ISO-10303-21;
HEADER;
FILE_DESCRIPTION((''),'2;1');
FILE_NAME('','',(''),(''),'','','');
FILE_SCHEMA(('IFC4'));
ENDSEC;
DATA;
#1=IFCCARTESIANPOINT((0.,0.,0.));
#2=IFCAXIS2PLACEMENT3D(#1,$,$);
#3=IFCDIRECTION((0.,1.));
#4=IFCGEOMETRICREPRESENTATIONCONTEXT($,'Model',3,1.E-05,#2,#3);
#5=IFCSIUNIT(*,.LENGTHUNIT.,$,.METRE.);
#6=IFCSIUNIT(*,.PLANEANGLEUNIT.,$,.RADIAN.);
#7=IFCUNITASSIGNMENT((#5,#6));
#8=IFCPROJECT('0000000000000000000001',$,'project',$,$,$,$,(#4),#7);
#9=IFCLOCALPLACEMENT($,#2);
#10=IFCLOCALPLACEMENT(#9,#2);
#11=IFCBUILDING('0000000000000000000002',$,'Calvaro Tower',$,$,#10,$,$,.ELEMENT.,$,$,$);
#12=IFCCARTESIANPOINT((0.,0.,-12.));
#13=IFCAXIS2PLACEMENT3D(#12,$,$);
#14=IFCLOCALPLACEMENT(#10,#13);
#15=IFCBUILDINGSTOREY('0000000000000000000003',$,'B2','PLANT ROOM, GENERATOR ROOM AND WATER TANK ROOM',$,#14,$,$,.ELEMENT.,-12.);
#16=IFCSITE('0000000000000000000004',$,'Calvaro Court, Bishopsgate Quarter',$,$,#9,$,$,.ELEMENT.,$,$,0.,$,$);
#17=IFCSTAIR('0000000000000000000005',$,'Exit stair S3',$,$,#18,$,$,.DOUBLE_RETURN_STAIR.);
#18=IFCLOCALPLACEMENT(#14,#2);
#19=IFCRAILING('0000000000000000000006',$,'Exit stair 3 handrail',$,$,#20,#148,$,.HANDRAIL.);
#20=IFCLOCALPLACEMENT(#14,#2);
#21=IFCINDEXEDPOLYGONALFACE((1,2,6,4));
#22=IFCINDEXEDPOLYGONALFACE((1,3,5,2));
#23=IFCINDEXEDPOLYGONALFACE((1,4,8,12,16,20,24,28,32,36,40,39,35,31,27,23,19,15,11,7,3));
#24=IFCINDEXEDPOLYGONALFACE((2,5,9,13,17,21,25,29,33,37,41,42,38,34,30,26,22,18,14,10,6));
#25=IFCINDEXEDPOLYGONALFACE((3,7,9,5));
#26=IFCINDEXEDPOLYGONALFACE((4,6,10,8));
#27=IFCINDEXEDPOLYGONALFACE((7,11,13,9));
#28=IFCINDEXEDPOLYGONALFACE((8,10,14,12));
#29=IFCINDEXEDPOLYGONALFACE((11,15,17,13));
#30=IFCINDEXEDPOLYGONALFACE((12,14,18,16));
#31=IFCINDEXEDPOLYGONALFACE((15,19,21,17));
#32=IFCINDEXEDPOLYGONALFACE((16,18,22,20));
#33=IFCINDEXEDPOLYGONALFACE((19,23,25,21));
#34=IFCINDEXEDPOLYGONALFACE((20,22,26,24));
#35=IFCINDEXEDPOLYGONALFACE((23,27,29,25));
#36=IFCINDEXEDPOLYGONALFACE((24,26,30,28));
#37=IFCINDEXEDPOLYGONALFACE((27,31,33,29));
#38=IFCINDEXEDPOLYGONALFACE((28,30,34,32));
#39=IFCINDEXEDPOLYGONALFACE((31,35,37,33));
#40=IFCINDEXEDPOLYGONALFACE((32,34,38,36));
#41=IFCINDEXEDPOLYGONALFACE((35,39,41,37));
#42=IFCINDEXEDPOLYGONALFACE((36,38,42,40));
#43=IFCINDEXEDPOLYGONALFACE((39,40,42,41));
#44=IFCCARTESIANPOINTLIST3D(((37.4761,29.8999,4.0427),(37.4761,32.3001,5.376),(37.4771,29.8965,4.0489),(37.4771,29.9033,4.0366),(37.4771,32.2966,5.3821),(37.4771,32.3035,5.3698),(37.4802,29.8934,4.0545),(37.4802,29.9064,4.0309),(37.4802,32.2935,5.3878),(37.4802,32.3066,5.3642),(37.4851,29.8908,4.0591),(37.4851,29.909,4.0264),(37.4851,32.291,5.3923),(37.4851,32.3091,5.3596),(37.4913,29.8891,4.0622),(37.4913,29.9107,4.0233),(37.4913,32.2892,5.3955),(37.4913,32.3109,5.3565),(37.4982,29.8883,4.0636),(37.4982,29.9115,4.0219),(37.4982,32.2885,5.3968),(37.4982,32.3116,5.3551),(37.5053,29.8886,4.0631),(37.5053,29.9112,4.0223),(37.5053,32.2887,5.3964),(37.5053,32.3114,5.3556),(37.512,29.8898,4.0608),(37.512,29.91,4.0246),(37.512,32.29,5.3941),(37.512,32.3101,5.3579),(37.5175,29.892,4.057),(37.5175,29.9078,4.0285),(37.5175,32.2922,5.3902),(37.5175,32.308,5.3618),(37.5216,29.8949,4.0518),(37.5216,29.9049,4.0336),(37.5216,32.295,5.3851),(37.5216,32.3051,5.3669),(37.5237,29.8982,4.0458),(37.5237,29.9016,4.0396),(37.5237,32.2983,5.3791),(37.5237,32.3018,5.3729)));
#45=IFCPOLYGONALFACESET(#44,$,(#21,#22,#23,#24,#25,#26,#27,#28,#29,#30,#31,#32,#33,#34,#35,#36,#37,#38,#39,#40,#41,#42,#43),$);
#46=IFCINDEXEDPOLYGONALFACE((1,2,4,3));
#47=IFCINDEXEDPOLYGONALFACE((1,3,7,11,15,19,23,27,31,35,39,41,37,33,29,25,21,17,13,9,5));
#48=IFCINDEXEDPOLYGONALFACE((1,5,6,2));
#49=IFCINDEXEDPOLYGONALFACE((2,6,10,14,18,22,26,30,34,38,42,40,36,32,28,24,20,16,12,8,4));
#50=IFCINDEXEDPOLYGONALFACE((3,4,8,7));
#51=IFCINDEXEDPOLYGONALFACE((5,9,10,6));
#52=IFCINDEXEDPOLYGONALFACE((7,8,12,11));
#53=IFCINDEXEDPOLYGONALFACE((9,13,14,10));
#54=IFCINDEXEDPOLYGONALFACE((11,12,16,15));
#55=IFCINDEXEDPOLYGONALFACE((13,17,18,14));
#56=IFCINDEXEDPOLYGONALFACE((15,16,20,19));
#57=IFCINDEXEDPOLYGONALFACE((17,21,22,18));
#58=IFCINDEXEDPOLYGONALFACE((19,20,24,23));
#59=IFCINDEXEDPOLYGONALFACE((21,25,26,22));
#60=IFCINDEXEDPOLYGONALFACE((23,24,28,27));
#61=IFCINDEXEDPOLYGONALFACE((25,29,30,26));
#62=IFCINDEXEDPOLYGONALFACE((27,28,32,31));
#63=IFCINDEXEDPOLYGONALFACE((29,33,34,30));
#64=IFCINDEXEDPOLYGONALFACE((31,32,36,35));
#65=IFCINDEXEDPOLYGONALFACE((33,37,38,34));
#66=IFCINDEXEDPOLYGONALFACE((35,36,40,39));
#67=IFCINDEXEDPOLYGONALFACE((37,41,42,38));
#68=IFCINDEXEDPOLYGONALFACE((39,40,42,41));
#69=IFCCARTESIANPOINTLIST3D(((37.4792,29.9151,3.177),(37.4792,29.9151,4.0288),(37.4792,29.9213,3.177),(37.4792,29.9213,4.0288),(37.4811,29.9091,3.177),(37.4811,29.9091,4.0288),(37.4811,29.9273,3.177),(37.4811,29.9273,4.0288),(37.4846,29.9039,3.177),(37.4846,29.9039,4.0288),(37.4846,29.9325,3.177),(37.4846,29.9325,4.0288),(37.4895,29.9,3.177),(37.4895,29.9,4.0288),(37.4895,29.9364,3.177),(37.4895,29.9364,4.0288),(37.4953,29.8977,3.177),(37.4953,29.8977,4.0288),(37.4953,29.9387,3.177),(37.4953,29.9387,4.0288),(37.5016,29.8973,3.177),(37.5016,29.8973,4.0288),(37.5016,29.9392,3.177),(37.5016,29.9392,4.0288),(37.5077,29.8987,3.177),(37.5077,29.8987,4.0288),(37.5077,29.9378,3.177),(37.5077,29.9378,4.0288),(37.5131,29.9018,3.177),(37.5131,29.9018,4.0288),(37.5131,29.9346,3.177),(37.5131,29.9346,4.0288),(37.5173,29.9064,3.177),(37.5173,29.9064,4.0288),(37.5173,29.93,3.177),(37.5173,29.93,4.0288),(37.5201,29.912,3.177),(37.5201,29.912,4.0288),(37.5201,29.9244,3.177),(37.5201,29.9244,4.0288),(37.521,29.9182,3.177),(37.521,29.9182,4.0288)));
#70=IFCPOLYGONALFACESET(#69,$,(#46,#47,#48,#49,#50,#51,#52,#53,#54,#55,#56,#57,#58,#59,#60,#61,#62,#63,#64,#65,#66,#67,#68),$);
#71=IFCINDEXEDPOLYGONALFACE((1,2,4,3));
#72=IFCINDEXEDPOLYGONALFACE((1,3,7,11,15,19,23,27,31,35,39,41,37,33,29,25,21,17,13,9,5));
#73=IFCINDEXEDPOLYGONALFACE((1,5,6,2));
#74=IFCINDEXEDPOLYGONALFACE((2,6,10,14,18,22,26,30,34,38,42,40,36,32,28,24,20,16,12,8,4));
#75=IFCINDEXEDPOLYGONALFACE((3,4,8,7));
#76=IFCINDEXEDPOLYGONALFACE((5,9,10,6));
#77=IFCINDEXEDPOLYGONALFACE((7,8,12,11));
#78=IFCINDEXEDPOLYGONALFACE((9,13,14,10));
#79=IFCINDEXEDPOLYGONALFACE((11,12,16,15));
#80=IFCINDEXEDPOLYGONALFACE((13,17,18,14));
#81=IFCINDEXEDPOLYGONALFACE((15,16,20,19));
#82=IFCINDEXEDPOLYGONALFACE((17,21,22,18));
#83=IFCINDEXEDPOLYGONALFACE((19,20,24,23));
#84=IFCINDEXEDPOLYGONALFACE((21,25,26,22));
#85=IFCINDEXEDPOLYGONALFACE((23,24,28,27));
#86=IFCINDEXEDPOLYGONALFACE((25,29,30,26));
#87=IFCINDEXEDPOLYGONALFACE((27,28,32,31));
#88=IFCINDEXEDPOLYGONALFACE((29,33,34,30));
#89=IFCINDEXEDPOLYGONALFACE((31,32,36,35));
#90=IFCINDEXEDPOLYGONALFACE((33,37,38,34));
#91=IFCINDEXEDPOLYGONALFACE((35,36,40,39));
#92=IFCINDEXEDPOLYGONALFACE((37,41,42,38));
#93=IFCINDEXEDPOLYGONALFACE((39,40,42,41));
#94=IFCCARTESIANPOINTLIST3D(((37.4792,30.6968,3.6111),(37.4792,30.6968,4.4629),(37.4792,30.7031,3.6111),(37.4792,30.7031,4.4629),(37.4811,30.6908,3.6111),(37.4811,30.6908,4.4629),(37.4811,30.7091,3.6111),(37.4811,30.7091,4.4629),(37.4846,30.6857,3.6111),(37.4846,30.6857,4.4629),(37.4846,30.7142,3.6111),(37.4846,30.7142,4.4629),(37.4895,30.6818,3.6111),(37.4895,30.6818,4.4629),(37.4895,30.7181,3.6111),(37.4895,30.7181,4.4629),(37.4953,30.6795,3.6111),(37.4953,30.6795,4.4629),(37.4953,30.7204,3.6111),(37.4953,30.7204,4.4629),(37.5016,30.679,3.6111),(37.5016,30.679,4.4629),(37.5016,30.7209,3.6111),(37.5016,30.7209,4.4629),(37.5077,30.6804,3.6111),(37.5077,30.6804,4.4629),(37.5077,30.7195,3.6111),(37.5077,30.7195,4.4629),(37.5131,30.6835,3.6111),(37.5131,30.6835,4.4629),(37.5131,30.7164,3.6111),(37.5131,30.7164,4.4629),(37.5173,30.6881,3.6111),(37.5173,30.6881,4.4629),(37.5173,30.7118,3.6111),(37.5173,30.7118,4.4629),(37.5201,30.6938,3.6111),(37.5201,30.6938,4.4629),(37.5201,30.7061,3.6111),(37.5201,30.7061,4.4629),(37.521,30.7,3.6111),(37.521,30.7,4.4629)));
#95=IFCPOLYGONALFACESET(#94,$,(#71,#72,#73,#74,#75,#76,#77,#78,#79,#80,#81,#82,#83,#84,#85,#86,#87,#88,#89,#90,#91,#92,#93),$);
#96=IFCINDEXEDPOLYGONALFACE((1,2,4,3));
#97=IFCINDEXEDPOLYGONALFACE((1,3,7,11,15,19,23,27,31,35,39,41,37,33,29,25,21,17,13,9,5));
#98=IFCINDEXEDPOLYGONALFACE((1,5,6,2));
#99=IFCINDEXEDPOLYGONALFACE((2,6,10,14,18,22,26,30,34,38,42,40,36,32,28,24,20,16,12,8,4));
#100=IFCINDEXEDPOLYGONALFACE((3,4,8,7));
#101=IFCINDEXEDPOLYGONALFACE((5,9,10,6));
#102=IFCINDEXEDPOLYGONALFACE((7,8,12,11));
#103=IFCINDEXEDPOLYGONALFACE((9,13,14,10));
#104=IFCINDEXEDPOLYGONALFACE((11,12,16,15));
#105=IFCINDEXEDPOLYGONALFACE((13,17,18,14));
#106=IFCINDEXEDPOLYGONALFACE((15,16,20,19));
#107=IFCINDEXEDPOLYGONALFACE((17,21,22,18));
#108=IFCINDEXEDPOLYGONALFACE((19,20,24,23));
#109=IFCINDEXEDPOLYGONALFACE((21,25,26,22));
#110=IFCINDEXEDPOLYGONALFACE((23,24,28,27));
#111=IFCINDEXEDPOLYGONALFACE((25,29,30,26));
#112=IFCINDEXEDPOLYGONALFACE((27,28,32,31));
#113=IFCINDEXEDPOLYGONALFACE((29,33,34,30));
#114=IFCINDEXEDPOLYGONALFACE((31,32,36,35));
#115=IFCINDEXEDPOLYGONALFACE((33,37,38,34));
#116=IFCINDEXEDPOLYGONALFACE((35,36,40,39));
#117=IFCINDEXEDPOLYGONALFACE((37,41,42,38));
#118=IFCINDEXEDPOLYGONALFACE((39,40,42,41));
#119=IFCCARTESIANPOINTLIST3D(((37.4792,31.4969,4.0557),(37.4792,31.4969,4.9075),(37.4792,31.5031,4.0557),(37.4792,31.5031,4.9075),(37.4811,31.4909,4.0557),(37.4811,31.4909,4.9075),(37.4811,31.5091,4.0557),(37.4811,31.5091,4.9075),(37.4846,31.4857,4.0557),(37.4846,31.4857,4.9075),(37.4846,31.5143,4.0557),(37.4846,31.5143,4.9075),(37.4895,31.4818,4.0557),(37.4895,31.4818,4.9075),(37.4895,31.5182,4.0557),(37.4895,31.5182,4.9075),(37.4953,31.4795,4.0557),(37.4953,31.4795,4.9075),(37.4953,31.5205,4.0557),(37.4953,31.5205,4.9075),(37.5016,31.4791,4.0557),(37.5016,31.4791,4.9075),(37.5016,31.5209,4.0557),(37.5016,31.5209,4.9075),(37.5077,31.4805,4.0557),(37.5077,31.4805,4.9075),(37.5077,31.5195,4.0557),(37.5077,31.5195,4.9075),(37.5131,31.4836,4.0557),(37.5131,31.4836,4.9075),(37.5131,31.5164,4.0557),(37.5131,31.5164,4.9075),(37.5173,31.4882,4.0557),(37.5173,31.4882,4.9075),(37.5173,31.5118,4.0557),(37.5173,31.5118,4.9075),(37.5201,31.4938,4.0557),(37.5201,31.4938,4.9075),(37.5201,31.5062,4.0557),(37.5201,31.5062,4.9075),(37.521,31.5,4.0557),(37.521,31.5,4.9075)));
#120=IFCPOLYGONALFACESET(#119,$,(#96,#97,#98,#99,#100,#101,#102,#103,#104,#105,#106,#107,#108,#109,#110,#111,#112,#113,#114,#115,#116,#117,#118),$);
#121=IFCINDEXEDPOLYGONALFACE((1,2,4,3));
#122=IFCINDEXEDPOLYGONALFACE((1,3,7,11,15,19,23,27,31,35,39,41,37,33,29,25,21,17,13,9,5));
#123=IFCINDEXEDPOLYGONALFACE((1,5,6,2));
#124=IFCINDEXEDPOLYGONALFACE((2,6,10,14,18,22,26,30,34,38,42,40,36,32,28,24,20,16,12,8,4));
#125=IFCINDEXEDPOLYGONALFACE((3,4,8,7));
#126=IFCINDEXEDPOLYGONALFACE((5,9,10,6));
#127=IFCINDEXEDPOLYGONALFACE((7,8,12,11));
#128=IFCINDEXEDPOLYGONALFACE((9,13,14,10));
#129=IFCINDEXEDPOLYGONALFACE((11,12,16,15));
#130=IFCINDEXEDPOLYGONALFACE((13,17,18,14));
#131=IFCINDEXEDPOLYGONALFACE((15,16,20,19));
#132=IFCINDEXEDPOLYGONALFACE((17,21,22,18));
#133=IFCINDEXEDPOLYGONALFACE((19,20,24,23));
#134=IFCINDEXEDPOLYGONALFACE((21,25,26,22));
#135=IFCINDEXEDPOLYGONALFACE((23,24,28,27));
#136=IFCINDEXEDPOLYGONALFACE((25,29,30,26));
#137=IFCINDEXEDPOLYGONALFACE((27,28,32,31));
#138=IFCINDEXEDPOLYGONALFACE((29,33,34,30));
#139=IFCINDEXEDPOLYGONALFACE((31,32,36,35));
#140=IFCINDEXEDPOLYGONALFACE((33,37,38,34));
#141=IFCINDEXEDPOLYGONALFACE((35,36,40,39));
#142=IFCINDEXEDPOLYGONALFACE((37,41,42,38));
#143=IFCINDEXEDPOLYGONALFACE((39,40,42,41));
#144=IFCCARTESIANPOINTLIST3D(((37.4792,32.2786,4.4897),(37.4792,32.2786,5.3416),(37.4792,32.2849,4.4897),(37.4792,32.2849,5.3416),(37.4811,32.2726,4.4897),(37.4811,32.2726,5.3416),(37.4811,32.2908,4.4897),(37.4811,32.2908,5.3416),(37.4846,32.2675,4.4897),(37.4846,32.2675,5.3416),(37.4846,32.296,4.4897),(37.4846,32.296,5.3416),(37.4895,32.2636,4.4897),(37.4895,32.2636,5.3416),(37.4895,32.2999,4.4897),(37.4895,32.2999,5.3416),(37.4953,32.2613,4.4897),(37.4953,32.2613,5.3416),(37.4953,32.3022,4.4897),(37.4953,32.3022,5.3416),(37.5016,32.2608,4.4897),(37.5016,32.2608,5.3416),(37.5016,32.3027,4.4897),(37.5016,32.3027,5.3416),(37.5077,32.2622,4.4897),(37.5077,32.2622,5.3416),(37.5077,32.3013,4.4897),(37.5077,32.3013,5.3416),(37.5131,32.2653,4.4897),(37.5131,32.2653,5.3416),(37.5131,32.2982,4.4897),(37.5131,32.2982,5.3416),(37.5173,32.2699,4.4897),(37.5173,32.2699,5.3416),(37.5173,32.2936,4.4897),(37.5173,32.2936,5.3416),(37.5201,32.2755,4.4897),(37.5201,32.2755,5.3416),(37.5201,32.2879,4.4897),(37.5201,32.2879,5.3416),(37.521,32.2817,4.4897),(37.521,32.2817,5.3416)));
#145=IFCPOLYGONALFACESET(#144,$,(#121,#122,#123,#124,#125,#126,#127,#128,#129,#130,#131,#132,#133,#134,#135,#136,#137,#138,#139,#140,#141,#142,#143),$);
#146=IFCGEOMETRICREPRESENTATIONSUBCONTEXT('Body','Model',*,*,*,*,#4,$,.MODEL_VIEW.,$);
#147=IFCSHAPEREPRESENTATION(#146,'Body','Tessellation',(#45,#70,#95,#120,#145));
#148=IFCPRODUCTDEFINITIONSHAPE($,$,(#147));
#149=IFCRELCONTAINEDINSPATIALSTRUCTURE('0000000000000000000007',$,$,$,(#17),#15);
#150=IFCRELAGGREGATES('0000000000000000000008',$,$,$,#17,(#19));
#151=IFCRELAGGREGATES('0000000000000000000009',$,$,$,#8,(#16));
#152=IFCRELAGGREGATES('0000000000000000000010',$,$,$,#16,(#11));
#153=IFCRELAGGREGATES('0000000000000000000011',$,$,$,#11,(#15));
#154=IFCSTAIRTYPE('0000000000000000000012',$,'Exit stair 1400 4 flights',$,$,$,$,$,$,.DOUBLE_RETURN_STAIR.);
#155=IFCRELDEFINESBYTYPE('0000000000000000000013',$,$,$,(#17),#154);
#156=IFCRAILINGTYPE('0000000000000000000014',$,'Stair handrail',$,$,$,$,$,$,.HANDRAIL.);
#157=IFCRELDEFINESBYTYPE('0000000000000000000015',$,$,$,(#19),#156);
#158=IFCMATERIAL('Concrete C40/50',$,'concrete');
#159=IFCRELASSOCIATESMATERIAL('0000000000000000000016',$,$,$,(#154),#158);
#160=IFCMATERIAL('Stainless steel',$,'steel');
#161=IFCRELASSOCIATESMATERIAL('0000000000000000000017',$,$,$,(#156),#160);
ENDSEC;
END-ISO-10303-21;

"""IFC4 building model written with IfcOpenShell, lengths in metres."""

from ifc_helpers import new_model, si_unit, direction, frame, origin, origin_2d, place, context, subcontext, project, spatial, circle, extrude, material, type_object, element, aggregate, save


model = new_model("IFC4")

# Units and contexts
model_context = context("Model", 3, precision=1e-05, world=origin(), true_north=direction((0.0, 1.0)))
body_context = subcontext(model_context, "Body", "Model", "MODEL_VIEW")
ifc_project = project(units=[si_unit("LENGTHUNIT", "METRE"), si_unit("PLANEANGLEUNIT", "RADIAN")], contexts=[model_context])

# Site, building, storey
site_placement = place(None, origin())
site = spatial("IfcSite", under=ifc_project, at=site_placement, Name="Calvaro Court, Bishopsgate Quarter", CompositionType="ELEMENT", RefElevation=0.0)
building_placement = place(site_placement, origin())
building = spatial("IfcBuilding", under=site, at=building_placement, Name="Calvaro Tower", CompositionType="ELEMENT")
storey_placement = place(building_placement, frame((0.0, 0.0, -12.0)))
storey = spatial("IfcBuildingStorey", under=building, at=storey_placement, Name="B2", Description="PLANT ROOM, GENERATOR ROOM AND WATER TANK ROOM", CompositionType="ELEMENT", Elevation=-12.0)

# Stair, railing
ifc_material_1 = material(Name="Concrete C40/50", Category="concrete")
stair_type = type_object("IfcStairType", Name="Exit stair 1400 4 flights", PredefinedType="DOUBLE_RETURN_STAIR", material=ifc_material_1)
stair_1_placement = place(storey_placement, origin())
stair_1 = element("IfcStair", 1, at=stair_1_placement, inside=storey, type_object=stair_type, Name="Exit stair S3", PredefinedType="DOUBLE_RETURN_STAIR")
ifc_material_2 = material(Name="Stainless steel", Category="steel")
railing_type = type_object("IfcRailingType", Name="Stair handrail", PredefinedType="HANDRAIL", material=ifc_material_2)
railing_1_placement = place(storey_placement, frame((37.5, 29.8999, 3.1667)))
railing_1 = element("IfcRailing", 2, at=railing_1_placement, type_object=railing_type, Name="Exit stair 3 handrail", PredefinedType="HANDRAIL", context=body_context, shape_type="SweptSolid", body=[
    extrude(circle(Radius=0.0239, at=origin_2d()), frame((0.0, 0.0, 0.876), z_axis=(0.0, 0.874182, 0.485598), x_axis=(-1.0, 0.0, 0.0)), (0.0, 0.0, 1.0), 2.7456),
    extrude(circle(Radius=0.021, at=origin_2d()), frame((0.0, 0.0183, 0.0103)), (0.0, 0.0, 1.0), 0.8518),
    extrude(circle(Radius=0.021, at=origin_2d()), frame((0.0, 0.8, 0.4443)), (0.0, 0.0, 1.0), 0.8518),
    extrude(circle(Radius=0.021, at=origin_2d()), frame((0.0, 1.6001, 0.8889)), (0.0, 0.0, 1.0), 0.8518),
    extrude(circle(Radius=0.021, at=origin_2d()), frame((0.0, 2.3818, 1.323)), (0.0, 0.0, 1.0), 0.8518),
])
aggregate(stair_1, [railing_1])

save(model, "model.ifc")
